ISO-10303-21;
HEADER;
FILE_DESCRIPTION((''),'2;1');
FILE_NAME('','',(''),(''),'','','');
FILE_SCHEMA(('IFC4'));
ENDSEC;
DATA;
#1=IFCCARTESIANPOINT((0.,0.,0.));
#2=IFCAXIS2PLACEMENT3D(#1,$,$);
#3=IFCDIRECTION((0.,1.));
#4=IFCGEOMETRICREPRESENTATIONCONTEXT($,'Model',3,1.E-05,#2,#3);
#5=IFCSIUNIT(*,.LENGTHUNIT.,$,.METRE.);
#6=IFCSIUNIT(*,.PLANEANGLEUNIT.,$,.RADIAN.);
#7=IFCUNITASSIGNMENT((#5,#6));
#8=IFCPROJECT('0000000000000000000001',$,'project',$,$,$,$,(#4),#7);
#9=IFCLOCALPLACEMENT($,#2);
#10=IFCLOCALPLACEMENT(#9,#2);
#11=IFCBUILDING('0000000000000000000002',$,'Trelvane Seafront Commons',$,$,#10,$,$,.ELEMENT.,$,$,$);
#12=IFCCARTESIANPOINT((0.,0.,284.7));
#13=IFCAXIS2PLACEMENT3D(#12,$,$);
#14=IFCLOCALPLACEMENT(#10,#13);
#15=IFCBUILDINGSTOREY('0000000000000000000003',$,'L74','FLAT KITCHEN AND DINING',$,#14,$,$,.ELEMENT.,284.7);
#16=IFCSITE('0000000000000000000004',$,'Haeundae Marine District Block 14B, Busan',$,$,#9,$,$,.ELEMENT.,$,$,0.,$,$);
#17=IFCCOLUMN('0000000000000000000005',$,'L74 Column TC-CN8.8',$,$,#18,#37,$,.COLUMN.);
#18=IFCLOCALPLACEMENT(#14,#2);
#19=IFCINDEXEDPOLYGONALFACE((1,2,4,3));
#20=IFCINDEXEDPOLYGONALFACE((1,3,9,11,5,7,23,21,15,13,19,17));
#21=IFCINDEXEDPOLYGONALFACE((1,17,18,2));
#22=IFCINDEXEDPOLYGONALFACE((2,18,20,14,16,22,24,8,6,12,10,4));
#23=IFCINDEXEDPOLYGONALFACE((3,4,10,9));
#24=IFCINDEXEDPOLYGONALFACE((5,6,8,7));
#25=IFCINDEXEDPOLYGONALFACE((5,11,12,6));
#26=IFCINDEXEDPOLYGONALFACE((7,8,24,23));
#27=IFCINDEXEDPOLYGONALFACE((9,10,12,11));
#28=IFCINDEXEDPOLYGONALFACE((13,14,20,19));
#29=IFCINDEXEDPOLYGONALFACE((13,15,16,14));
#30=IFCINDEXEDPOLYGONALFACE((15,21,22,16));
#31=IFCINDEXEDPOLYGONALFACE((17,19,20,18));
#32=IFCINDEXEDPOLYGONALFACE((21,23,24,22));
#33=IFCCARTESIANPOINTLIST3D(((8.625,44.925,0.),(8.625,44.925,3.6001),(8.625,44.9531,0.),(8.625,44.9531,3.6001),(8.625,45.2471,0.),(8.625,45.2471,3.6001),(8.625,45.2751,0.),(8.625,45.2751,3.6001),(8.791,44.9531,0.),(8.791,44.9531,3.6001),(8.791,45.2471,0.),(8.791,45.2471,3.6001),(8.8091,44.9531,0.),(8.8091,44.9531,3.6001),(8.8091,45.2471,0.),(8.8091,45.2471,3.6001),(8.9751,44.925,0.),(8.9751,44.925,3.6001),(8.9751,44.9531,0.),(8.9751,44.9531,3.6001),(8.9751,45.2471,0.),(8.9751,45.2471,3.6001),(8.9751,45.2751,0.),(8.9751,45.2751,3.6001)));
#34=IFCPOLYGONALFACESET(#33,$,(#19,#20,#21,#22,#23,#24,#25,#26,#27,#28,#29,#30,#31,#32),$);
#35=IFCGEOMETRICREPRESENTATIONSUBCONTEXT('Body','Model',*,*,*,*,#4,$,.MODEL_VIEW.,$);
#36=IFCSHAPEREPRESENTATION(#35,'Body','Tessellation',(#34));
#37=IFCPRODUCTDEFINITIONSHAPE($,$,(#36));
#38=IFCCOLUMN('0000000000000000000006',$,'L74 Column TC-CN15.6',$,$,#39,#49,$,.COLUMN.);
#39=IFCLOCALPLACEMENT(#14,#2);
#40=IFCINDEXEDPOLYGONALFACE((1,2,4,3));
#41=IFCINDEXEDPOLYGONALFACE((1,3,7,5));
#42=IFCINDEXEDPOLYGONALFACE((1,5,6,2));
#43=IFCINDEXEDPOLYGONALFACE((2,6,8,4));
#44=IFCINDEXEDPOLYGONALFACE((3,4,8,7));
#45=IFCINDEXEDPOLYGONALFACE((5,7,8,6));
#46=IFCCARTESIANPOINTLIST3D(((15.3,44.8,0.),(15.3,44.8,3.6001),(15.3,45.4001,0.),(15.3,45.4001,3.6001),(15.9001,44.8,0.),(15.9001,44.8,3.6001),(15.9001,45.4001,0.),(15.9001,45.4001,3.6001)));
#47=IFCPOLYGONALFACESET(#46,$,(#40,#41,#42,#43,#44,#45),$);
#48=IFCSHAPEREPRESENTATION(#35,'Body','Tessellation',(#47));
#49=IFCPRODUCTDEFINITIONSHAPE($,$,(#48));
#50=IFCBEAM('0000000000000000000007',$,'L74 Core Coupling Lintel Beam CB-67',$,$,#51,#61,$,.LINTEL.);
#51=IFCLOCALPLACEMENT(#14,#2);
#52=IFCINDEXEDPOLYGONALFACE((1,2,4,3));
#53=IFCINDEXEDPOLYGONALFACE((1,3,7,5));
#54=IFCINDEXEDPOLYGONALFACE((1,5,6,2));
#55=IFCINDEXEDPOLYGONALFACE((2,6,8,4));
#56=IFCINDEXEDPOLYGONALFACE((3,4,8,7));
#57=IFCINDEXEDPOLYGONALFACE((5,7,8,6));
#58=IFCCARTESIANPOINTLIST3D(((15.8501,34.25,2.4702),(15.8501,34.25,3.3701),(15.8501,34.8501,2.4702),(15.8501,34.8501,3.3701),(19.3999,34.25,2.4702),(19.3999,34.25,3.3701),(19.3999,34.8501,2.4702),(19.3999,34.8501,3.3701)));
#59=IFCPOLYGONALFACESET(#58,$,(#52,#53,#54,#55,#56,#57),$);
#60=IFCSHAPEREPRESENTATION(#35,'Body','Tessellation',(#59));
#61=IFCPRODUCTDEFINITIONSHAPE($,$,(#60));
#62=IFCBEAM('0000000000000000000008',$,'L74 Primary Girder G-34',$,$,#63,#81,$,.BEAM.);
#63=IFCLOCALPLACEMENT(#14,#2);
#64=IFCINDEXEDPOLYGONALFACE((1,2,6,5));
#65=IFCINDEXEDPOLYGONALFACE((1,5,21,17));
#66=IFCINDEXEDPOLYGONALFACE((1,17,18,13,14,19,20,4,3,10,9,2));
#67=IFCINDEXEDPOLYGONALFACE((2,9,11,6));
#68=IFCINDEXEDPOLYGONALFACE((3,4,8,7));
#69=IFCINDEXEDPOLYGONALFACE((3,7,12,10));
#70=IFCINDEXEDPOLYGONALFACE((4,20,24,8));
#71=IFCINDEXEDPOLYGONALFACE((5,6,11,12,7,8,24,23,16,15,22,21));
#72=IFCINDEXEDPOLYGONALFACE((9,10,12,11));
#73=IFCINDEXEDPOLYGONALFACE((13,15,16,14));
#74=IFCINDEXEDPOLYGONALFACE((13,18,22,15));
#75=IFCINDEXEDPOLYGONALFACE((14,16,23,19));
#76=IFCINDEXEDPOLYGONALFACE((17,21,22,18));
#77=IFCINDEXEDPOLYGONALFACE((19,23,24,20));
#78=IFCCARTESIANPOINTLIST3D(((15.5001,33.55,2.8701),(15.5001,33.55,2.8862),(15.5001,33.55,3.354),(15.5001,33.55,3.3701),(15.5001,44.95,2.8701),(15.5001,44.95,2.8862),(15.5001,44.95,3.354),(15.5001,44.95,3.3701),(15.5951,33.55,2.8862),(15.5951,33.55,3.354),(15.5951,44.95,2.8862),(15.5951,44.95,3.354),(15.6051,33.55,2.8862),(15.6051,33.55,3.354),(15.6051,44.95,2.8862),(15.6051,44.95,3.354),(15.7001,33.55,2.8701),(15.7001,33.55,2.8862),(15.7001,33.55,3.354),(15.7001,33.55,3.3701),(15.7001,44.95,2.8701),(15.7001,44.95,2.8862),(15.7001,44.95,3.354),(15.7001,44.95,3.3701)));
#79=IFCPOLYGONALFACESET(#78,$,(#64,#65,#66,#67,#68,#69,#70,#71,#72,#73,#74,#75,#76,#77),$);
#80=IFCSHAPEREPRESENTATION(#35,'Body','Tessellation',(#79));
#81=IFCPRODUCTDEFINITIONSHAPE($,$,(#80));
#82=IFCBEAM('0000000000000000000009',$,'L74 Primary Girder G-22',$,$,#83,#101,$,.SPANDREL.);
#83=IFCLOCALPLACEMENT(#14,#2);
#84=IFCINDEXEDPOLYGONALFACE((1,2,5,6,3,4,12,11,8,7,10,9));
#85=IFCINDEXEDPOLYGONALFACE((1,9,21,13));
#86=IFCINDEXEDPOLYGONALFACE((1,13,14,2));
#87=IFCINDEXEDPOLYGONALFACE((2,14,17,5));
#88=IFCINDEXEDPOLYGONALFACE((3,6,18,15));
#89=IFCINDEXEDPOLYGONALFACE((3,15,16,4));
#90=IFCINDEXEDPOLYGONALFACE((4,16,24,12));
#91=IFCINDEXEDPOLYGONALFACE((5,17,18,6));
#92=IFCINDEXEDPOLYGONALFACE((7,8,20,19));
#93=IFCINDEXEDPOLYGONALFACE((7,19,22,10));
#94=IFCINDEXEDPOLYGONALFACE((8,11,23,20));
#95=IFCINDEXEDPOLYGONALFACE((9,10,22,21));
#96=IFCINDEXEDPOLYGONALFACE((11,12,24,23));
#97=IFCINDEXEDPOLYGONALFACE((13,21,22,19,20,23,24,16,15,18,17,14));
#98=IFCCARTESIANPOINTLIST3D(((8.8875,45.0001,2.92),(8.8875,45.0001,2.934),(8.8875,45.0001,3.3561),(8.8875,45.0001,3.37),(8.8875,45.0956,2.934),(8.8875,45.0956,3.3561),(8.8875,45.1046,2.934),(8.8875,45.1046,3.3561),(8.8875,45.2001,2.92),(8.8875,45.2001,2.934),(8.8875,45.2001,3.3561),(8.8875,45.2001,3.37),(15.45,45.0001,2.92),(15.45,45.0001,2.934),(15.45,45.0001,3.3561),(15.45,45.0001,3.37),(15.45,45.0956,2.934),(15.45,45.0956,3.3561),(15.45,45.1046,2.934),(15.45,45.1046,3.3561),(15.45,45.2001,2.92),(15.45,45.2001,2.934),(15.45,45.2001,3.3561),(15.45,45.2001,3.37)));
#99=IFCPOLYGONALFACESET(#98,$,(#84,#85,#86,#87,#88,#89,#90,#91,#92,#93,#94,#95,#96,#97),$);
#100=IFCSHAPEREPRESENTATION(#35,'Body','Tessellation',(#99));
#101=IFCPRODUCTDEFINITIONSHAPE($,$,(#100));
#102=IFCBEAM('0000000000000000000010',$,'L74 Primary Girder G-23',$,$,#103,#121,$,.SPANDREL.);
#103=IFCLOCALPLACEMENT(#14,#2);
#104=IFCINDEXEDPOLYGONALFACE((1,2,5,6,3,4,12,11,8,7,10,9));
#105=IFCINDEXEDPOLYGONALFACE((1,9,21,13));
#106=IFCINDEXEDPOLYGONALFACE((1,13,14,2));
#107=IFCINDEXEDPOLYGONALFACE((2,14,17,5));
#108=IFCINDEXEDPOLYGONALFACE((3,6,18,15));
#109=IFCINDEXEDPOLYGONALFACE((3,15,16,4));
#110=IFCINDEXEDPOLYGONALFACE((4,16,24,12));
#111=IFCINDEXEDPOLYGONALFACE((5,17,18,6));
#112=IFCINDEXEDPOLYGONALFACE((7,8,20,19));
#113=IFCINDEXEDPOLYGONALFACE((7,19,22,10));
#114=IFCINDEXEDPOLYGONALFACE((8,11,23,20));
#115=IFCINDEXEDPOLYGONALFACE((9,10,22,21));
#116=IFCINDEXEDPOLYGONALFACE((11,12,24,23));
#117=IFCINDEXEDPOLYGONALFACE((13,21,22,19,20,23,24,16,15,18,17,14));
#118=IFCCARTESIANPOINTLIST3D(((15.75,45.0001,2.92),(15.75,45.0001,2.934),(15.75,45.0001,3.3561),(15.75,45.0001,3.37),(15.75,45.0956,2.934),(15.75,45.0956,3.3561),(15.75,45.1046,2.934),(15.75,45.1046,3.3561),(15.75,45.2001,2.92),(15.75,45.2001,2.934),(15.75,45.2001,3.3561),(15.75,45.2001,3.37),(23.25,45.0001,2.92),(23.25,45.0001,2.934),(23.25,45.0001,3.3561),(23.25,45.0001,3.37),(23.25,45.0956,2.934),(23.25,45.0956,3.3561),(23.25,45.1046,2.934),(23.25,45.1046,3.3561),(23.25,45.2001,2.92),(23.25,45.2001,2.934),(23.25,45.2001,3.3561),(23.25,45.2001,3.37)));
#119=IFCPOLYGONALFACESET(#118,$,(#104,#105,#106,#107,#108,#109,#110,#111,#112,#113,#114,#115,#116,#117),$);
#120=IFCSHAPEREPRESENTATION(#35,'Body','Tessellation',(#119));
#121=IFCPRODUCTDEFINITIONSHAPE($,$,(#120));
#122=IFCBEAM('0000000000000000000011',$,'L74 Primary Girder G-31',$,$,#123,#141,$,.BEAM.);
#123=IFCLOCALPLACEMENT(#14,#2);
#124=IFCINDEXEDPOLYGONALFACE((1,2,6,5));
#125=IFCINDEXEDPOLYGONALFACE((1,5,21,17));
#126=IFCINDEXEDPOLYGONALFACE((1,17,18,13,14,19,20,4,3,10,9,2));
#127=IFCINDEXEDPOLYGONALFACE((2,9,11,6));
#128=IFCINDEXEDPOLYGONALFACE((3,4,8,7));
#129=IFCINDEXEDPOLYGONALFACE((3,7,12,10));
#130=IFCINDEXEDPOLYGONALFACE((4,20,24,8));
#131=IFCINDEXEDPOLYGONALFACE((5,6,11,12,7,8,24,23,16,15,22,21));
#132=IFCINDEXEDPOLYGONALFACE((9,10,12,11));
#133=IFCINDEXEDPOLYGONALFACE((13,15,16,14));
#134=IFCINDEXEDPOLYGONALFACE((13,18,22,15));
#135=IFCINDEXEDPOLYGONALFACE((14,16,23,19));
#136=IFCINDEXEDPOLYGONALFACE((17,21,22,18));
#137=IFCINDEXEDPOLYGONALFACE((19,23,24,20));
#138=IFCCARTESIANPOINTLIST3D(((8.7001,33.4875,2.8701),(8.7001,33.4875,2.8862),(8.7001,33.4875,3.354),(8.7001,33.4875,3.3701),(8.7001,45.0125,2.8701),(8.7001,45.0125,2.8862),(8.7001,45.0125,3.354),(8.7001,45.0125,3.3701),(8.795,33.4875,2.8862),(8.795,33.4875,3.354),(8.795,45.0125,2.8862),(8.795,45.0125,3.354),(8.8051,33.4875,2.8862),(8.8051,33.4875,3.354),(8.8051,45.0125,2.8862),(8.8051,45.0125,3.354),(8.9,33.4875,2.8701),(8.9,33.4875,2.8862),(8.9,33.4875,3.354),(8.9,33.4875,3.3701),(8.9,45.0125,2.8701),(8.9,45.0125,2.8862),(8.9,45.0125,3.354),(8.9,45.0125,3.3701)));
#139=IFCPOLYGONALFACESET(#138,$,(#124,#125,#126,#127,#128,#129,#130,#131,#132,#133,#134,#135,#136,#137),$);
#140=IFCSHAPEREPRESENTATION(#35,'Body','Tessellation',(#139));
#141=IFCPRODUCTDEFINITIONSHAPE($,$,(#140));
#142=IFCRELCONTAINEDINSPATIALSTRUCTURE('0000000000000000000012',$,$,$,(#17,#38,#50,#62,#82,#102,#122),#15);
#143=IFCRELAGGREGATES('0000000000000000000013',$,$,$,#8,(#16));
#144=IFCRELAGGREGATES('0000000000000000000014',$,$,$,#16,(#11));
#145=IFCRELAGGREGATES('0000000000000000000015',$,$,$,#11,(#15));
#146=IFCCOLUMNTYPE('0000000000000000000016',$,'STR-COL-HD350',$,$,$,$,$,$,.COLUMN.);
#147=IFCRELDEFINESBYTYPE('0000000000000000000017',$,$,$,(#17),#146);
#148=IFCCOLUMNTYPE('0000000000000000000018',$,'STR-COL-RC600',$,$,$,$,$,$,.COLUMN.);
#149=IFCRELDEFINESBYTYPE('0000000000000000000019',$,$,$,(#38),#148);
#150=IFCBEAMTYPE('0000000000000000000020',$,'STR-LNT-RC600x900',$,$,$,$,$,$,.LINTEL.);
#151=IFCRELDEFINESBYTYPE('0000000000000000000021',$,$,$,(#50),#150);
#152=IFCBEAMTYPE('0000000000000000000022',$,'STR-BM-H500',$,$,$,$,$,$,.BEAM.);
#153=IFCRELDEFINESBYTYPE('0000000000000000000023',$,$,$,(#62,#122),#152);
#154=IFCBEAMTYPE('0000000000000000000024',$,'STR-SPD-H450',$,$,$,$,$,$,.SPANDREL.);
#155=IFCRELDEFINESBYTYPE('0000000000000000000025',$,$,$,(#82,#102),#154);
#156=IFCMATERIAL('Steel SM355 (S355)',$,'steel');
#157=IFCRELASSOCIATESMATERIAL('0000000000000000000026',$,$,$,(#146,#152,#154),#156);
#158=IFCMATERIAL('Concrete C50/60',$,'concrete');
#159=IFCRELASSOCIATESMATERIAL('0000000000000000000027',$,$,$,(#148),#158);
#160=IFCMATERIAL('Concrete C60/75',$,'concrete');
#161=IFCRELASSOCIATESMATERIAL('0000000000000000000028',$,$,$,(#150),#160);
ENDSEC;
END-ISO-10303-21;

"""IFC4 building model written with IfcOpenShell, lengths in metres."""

from ifc_helpers import new_model, si_unit, direction, frame, origin, origin_2d, place, context, subcontext, project, spatial, rectangle, i_section, extrude, source, transform, mapped, material, material_profile, profile_set, type_object, element, save


model = new_model("IFC4")

# Units and contexts
model_context = context("Model", 3, precision=1e-05, world=origin(), true_north=direction((0.0, 1.0)))
body_context = subcontext(model_context, "Body", "Model", "MODEL_VIEW")
ifc_project = project(units=[si_unit("LENGTHUNIT", "METRE"), si_unit("PLANEANGLEUNIT", "RADIAN")], contexts=[model_context])

# Site, building, storey
site_placement = place(None, origin())
site = spatial("IfcSite", under=ifc_project, at=site_placement, Name="Haeundae Marine District Block 14B, Busan", CompositionType="ELEMENT", RefElevation=0.0)
building_placement = place(site_placement, origin())
building = spatial("IfcBuilding", under=site, at=building_placement, Name="Trelvane Seafront Commons", CompositionType="ELEMENT")
storey_placement = place(building_placement, frame((0.0, 0.0, 284.7)))
storey = spatial("IfcBuildingStorey", under=building, at=storey_placement, Name="L74", Description="FLAT KITCHEN AND DINING", CompositionType="ELEMENT", Elevation=284.7)

# Columns
ifc_material_1 = material(Name="Steel SM355 (S355)", Category="steel")
ifc_material_profile_1 = material_profile(ifc_material_1, i_section(OverallWidth=0.3501, OverallDepth=0.3501, WebThickness=0.0181, FlangeThickness=0.0281, at=origin_2d()), Name="HD-350x350x18x28")
ifc_profile_set_1 = profile_set([ifc_material_profile_1], Name="Steel SM355 (S355)")
column_type_1 = type_object("IfcColumnType", Name="STR-COL-HD350", PredefinedType="COLUMN", material=ifc_profile_set_1)
shared_shape_1 = source(origin(), body_context, "Body", "SweptSolid", [
    extrude(i_section(OverallWidth=0.3501, OverallDepth=0.3501, WebThickness=0.0181, FlangeThickness=0.0281, at=origin_2d()), origin(), (0.0, 0.0, 1.0), 3.6001),
])
column_1_placement = place(storey_placement, frame((8.8, 45.1001, 0.0), z_axis=(0.0, 0.0, 1.0), x_axis=(1.0, 0.0, 0.0)))
element("IfcColumn", 1, at=column_1_placement, inside=storey, type_object=column_type_1, Name="L74 Column TC-CN8.8", PredefinedType="COLUMN", context=body_context, shape_type="MappedRepresentation", body=[
    mapped(shared_shape_1, transform((0.0, 0.0, 0.0), x_axis=(1.0, 0.0, 0.0), y_axis=(0.0, 1.0, 0.0), z_axis=(0.0, 0.0, 1.0), scale=1.0)),
])
ifc_material_2 = material(Name="Concrete C50/60", Category="concrete")
ifc_material_profile_2 = material_profile(ifc_material_2, rectangle(XDim=0.6001, YDim=0.6001, at=origin_2d()), Name="RC-600x600")
ifc_profile_set_2 = profile_set([ifc_material_profile_2], Name="Concrete C50/60")
column_type_2 = type_object("IfcColumnType", Name="STR-COL-RC600", PredefinedType="COLUMN", material=ifc_profile_set_2)
shared_shape_2 = source(origin(), body_context, "Body", "SweptSolid", [
    extrude(rectangle(XDim=0.6001, YDim=0.6001, at=origin_2d()), origin(), (0.0, 0.0, 1.0), 3.6001),
])
column_2_placement = place(storey_placement, frame((15.6001, 45.1001, 0.0), z_axis=(0.0, 0.0, 1.0), x_axis=(1.0, 0.0, 0.0)))
element("IfcColumn", 2, at=column_2_placement, inside=storey, type_object=column_type_2, Name="L74 Column TC-CN15.6", PredefinedType="COLUMN", context=body_context, shape_type="MappedRepresentation", body=[
    mapped(shared_shape_2, transform((0.0, 0.0, 0.0), x_axis=(1.0, 0.0, 0.0), y_axis=(0.0, 1.0, 0.0), z_axis=(0.0, 0.0, 1.0), scale=1.0)),
])

# Beams
ifc_material_3 = material(Name="Concrete C60/75", Category="concrete")
ifc_material_profile_3 = material_profile(ifc_material_3, rectangle(XDim=0.6001, YDim=0.8999, at=origin_2d()), Name="RC-600x900")
ifc_profile_set_3 = profile_set([ifc_material_profile_3], Name="Concrete C60/75")
beam_type_1 = type_object("IfcBeamType", Name="STR-LNT-RC600x900", PredefinedType="LINTEL", material=ifc_profile_set_3)
shared_shape_3 = source(origin(), body_context, "Body", "SweptSolid", [
    extrude(rectangle(XDim=0.6001, YDim=0.8999, at=origin_2d()), origin(), (0.0, 0.0, 1.0), 3.5498),
])
beam_1_placement = place(storey_placement, frame((15.8501, 34.55, 2.9202), z_axis=(1.0, 0.0, 0.0), x_axis=(0.0, 1.0, 0.0)))
element("IfcBeam", 3, at=beam_1_placement, inside=storey, type_object=beam_type_1, Name="L74 Core Coupling Lintel Beam CB-67", PredefinedType="LINTEL", context=body_context, shape_type="MappedRepresentation", body=[
    mapped(shared_shape_3, transform((0.0, 0.0, 0.0), x_axis=(1.0, 0.0, 0.0), y_axis=(0.0, 1.0, 0.0), z_axis=(0.0, 0.0, 1.0), scale=1.0)),
])
ifc_material_profile_4 = material_profile(ifc_material_1, i_section(OverallWidth=0.2, OverallDepth=0.5, WebThickness=0.01, FlangeThickness=0.0161, at=origin_2d()), Name="H-500x200x10x16")
ifc_profile_set_4 = profile_set([ifc_material_profile_4], Name="Steel SM355 (S355)")
beam_type_2 = type_object("IfcBeamType", Name="STR-BM-H500", PredefinedType="BEAM", material=ifc_profile_set_4)
shared_shape_4 = source(origin(), body_context, "Body", "SweptSolid", [
    extrude(i_section(OverallWidth=0.2, OverallDepth=0.5, WebThickness=0.01, FlangeThickness=0.0161, at=origin_2d()), origin(), (0.0, 0.0, 1.0), 11.3999),
])
beam_2_placement = place(storey_placement, frame((15.6001, 33.55, 3.1201), z_axis=(0.0, 1.0, 0.0), x_axis=(-1.0, 0.0, 0.0)))
element("IfcBeam", 4, at=beam_2_placement, inside=storey, type_object=beam_type_2, Name="L74 Primary Girder G-34", PredefinedType="BEAM", context=body_context, shape_type="MappedRepresentation", body=[
    mapped(shared_shape_4, transform((0.0, 0.0, 0.0), x_axis=(1.0, 0.0, 0.0), y_axis=(0.0, 1.0, 0.0), z_axis=(0.0, 0.0, 1.0), scale=1.0)),
])
ifc_material_profile_5 = material_profile(ifc_material_1, i_section(OverallWidth=0.2, OverallDepth=0.45, WebThickness=0.009, FlangeThickness=0.0139, at=origin_2d()), Name="H-450x200x9x14")
ifc_profile_set_5 = profile_set([ifc_material_profile_5], Name="Steel SM355 (S355)")
beam_type_3 = type_object("IfcBeamType", Name="STR-SPD-H450", PredefinedType="SPANDREL", material=ifc_profile_set_5)
shared_shape_5 = source(origin(), body_context, "Body", "SweptSolid", [
    extrude(i_section(OverallWidth=0.2, OverallDepth=0.45, WebThickness=0.009, FlangeThickness=0.0139, at=origin_2d()), origin(), (0.0, 0.0, 1.0), 6.5625),
])
beam_3_placement = place(storey_placement, frame((8.8875, 45.1001, 3.145), z_axis=(1.0, 0.0, 0.0), x_axis=(0.0, 1.0, 0.0)))
element("IfcBeam", 5, at=beam_3_placement, inside=storey, type_object=beam_type_3, Name="L74 Primary Girder G-22", PredefinedType="SPANDREL", context=body_context, shape_type="MappedRepresentation", body=[
    mapped(shared_shape_5, transform((0.0, 0.0, 0.0), x_axis=(1.0, 0.0, 0.0), y_axis=(0.0, 1.0, 0.0), z_axis=(0.0, 0.0, 1.0), scale=1.0)),
])
shared_shape_6 = source(origin(), body_context, "Body", "SweptSolid", [
    extrude(i_section(OverallWidth=0.2, OverallDepth=0.45, WebThickness=0.009, FlangeThickness=0.0139, at=origin_2d()), origin(), (0.0, 0.0, 1.0), 7.5),
])
beam_4_placement = place(storey_placement, frame((15.75, 45.1001, 3.145), z_axis=(1.0, 0.0, 0.0), x_axis=(0.0, 1.0, 0.0)))
element("IfcBeam", 6, at=beam_4_placement, inside=storey, type_object=beam_type_3, Name="L74 Primary Girder G-23", PredefinedType="SPANDREL", context=body_context, shape_type="MappedRepresentation", body=[
    mapped(shared_shape_6, transform((0.0, 0.0, 0.0), x_axis=(1.0, 0.0, 0.0), y_axis=(0.0, 1.0, 0.0), z_axis=(0.0, 0.0, 1.0), scale=1.0)),
])
shared_shape_7 = source(origin(), body_context, "Body", "SweptSolid", [
    extrude(i_section(OverallWidth=0.2, OverallDepth=0.5, WebThickness=0.01, FlangeThickness=0.0161, at=origin_2d()), origin(), (0.0, 0.0, 1.0), 11.5249),
])
beam_5_placement = place(storey_placement, frame((8.8, 33.4875, 3.1201), z_axis=(0.0, 1.0, 0.0), x_axis=(-1.0, 0.0, 0.0)))
element("IfcBeam", 7, at=beam_5_placement, inside=storey, type_object=beam_type_2, Name="L74 Primary Girder G-31", PredefinedType="BEAM", context=body_context, shape_type="MappedRepresentation", body=[
    mapped(shared_shape_7, transform((0.0, 0.0, 0.0), x_axis=(1.0, 0.0, 0.0), y_axis=(0.0, 1.0, 0.0), z_axis=(0.0, 0.0, 1.0), scale=1.0)),
])

save(model, "model.ifc")
